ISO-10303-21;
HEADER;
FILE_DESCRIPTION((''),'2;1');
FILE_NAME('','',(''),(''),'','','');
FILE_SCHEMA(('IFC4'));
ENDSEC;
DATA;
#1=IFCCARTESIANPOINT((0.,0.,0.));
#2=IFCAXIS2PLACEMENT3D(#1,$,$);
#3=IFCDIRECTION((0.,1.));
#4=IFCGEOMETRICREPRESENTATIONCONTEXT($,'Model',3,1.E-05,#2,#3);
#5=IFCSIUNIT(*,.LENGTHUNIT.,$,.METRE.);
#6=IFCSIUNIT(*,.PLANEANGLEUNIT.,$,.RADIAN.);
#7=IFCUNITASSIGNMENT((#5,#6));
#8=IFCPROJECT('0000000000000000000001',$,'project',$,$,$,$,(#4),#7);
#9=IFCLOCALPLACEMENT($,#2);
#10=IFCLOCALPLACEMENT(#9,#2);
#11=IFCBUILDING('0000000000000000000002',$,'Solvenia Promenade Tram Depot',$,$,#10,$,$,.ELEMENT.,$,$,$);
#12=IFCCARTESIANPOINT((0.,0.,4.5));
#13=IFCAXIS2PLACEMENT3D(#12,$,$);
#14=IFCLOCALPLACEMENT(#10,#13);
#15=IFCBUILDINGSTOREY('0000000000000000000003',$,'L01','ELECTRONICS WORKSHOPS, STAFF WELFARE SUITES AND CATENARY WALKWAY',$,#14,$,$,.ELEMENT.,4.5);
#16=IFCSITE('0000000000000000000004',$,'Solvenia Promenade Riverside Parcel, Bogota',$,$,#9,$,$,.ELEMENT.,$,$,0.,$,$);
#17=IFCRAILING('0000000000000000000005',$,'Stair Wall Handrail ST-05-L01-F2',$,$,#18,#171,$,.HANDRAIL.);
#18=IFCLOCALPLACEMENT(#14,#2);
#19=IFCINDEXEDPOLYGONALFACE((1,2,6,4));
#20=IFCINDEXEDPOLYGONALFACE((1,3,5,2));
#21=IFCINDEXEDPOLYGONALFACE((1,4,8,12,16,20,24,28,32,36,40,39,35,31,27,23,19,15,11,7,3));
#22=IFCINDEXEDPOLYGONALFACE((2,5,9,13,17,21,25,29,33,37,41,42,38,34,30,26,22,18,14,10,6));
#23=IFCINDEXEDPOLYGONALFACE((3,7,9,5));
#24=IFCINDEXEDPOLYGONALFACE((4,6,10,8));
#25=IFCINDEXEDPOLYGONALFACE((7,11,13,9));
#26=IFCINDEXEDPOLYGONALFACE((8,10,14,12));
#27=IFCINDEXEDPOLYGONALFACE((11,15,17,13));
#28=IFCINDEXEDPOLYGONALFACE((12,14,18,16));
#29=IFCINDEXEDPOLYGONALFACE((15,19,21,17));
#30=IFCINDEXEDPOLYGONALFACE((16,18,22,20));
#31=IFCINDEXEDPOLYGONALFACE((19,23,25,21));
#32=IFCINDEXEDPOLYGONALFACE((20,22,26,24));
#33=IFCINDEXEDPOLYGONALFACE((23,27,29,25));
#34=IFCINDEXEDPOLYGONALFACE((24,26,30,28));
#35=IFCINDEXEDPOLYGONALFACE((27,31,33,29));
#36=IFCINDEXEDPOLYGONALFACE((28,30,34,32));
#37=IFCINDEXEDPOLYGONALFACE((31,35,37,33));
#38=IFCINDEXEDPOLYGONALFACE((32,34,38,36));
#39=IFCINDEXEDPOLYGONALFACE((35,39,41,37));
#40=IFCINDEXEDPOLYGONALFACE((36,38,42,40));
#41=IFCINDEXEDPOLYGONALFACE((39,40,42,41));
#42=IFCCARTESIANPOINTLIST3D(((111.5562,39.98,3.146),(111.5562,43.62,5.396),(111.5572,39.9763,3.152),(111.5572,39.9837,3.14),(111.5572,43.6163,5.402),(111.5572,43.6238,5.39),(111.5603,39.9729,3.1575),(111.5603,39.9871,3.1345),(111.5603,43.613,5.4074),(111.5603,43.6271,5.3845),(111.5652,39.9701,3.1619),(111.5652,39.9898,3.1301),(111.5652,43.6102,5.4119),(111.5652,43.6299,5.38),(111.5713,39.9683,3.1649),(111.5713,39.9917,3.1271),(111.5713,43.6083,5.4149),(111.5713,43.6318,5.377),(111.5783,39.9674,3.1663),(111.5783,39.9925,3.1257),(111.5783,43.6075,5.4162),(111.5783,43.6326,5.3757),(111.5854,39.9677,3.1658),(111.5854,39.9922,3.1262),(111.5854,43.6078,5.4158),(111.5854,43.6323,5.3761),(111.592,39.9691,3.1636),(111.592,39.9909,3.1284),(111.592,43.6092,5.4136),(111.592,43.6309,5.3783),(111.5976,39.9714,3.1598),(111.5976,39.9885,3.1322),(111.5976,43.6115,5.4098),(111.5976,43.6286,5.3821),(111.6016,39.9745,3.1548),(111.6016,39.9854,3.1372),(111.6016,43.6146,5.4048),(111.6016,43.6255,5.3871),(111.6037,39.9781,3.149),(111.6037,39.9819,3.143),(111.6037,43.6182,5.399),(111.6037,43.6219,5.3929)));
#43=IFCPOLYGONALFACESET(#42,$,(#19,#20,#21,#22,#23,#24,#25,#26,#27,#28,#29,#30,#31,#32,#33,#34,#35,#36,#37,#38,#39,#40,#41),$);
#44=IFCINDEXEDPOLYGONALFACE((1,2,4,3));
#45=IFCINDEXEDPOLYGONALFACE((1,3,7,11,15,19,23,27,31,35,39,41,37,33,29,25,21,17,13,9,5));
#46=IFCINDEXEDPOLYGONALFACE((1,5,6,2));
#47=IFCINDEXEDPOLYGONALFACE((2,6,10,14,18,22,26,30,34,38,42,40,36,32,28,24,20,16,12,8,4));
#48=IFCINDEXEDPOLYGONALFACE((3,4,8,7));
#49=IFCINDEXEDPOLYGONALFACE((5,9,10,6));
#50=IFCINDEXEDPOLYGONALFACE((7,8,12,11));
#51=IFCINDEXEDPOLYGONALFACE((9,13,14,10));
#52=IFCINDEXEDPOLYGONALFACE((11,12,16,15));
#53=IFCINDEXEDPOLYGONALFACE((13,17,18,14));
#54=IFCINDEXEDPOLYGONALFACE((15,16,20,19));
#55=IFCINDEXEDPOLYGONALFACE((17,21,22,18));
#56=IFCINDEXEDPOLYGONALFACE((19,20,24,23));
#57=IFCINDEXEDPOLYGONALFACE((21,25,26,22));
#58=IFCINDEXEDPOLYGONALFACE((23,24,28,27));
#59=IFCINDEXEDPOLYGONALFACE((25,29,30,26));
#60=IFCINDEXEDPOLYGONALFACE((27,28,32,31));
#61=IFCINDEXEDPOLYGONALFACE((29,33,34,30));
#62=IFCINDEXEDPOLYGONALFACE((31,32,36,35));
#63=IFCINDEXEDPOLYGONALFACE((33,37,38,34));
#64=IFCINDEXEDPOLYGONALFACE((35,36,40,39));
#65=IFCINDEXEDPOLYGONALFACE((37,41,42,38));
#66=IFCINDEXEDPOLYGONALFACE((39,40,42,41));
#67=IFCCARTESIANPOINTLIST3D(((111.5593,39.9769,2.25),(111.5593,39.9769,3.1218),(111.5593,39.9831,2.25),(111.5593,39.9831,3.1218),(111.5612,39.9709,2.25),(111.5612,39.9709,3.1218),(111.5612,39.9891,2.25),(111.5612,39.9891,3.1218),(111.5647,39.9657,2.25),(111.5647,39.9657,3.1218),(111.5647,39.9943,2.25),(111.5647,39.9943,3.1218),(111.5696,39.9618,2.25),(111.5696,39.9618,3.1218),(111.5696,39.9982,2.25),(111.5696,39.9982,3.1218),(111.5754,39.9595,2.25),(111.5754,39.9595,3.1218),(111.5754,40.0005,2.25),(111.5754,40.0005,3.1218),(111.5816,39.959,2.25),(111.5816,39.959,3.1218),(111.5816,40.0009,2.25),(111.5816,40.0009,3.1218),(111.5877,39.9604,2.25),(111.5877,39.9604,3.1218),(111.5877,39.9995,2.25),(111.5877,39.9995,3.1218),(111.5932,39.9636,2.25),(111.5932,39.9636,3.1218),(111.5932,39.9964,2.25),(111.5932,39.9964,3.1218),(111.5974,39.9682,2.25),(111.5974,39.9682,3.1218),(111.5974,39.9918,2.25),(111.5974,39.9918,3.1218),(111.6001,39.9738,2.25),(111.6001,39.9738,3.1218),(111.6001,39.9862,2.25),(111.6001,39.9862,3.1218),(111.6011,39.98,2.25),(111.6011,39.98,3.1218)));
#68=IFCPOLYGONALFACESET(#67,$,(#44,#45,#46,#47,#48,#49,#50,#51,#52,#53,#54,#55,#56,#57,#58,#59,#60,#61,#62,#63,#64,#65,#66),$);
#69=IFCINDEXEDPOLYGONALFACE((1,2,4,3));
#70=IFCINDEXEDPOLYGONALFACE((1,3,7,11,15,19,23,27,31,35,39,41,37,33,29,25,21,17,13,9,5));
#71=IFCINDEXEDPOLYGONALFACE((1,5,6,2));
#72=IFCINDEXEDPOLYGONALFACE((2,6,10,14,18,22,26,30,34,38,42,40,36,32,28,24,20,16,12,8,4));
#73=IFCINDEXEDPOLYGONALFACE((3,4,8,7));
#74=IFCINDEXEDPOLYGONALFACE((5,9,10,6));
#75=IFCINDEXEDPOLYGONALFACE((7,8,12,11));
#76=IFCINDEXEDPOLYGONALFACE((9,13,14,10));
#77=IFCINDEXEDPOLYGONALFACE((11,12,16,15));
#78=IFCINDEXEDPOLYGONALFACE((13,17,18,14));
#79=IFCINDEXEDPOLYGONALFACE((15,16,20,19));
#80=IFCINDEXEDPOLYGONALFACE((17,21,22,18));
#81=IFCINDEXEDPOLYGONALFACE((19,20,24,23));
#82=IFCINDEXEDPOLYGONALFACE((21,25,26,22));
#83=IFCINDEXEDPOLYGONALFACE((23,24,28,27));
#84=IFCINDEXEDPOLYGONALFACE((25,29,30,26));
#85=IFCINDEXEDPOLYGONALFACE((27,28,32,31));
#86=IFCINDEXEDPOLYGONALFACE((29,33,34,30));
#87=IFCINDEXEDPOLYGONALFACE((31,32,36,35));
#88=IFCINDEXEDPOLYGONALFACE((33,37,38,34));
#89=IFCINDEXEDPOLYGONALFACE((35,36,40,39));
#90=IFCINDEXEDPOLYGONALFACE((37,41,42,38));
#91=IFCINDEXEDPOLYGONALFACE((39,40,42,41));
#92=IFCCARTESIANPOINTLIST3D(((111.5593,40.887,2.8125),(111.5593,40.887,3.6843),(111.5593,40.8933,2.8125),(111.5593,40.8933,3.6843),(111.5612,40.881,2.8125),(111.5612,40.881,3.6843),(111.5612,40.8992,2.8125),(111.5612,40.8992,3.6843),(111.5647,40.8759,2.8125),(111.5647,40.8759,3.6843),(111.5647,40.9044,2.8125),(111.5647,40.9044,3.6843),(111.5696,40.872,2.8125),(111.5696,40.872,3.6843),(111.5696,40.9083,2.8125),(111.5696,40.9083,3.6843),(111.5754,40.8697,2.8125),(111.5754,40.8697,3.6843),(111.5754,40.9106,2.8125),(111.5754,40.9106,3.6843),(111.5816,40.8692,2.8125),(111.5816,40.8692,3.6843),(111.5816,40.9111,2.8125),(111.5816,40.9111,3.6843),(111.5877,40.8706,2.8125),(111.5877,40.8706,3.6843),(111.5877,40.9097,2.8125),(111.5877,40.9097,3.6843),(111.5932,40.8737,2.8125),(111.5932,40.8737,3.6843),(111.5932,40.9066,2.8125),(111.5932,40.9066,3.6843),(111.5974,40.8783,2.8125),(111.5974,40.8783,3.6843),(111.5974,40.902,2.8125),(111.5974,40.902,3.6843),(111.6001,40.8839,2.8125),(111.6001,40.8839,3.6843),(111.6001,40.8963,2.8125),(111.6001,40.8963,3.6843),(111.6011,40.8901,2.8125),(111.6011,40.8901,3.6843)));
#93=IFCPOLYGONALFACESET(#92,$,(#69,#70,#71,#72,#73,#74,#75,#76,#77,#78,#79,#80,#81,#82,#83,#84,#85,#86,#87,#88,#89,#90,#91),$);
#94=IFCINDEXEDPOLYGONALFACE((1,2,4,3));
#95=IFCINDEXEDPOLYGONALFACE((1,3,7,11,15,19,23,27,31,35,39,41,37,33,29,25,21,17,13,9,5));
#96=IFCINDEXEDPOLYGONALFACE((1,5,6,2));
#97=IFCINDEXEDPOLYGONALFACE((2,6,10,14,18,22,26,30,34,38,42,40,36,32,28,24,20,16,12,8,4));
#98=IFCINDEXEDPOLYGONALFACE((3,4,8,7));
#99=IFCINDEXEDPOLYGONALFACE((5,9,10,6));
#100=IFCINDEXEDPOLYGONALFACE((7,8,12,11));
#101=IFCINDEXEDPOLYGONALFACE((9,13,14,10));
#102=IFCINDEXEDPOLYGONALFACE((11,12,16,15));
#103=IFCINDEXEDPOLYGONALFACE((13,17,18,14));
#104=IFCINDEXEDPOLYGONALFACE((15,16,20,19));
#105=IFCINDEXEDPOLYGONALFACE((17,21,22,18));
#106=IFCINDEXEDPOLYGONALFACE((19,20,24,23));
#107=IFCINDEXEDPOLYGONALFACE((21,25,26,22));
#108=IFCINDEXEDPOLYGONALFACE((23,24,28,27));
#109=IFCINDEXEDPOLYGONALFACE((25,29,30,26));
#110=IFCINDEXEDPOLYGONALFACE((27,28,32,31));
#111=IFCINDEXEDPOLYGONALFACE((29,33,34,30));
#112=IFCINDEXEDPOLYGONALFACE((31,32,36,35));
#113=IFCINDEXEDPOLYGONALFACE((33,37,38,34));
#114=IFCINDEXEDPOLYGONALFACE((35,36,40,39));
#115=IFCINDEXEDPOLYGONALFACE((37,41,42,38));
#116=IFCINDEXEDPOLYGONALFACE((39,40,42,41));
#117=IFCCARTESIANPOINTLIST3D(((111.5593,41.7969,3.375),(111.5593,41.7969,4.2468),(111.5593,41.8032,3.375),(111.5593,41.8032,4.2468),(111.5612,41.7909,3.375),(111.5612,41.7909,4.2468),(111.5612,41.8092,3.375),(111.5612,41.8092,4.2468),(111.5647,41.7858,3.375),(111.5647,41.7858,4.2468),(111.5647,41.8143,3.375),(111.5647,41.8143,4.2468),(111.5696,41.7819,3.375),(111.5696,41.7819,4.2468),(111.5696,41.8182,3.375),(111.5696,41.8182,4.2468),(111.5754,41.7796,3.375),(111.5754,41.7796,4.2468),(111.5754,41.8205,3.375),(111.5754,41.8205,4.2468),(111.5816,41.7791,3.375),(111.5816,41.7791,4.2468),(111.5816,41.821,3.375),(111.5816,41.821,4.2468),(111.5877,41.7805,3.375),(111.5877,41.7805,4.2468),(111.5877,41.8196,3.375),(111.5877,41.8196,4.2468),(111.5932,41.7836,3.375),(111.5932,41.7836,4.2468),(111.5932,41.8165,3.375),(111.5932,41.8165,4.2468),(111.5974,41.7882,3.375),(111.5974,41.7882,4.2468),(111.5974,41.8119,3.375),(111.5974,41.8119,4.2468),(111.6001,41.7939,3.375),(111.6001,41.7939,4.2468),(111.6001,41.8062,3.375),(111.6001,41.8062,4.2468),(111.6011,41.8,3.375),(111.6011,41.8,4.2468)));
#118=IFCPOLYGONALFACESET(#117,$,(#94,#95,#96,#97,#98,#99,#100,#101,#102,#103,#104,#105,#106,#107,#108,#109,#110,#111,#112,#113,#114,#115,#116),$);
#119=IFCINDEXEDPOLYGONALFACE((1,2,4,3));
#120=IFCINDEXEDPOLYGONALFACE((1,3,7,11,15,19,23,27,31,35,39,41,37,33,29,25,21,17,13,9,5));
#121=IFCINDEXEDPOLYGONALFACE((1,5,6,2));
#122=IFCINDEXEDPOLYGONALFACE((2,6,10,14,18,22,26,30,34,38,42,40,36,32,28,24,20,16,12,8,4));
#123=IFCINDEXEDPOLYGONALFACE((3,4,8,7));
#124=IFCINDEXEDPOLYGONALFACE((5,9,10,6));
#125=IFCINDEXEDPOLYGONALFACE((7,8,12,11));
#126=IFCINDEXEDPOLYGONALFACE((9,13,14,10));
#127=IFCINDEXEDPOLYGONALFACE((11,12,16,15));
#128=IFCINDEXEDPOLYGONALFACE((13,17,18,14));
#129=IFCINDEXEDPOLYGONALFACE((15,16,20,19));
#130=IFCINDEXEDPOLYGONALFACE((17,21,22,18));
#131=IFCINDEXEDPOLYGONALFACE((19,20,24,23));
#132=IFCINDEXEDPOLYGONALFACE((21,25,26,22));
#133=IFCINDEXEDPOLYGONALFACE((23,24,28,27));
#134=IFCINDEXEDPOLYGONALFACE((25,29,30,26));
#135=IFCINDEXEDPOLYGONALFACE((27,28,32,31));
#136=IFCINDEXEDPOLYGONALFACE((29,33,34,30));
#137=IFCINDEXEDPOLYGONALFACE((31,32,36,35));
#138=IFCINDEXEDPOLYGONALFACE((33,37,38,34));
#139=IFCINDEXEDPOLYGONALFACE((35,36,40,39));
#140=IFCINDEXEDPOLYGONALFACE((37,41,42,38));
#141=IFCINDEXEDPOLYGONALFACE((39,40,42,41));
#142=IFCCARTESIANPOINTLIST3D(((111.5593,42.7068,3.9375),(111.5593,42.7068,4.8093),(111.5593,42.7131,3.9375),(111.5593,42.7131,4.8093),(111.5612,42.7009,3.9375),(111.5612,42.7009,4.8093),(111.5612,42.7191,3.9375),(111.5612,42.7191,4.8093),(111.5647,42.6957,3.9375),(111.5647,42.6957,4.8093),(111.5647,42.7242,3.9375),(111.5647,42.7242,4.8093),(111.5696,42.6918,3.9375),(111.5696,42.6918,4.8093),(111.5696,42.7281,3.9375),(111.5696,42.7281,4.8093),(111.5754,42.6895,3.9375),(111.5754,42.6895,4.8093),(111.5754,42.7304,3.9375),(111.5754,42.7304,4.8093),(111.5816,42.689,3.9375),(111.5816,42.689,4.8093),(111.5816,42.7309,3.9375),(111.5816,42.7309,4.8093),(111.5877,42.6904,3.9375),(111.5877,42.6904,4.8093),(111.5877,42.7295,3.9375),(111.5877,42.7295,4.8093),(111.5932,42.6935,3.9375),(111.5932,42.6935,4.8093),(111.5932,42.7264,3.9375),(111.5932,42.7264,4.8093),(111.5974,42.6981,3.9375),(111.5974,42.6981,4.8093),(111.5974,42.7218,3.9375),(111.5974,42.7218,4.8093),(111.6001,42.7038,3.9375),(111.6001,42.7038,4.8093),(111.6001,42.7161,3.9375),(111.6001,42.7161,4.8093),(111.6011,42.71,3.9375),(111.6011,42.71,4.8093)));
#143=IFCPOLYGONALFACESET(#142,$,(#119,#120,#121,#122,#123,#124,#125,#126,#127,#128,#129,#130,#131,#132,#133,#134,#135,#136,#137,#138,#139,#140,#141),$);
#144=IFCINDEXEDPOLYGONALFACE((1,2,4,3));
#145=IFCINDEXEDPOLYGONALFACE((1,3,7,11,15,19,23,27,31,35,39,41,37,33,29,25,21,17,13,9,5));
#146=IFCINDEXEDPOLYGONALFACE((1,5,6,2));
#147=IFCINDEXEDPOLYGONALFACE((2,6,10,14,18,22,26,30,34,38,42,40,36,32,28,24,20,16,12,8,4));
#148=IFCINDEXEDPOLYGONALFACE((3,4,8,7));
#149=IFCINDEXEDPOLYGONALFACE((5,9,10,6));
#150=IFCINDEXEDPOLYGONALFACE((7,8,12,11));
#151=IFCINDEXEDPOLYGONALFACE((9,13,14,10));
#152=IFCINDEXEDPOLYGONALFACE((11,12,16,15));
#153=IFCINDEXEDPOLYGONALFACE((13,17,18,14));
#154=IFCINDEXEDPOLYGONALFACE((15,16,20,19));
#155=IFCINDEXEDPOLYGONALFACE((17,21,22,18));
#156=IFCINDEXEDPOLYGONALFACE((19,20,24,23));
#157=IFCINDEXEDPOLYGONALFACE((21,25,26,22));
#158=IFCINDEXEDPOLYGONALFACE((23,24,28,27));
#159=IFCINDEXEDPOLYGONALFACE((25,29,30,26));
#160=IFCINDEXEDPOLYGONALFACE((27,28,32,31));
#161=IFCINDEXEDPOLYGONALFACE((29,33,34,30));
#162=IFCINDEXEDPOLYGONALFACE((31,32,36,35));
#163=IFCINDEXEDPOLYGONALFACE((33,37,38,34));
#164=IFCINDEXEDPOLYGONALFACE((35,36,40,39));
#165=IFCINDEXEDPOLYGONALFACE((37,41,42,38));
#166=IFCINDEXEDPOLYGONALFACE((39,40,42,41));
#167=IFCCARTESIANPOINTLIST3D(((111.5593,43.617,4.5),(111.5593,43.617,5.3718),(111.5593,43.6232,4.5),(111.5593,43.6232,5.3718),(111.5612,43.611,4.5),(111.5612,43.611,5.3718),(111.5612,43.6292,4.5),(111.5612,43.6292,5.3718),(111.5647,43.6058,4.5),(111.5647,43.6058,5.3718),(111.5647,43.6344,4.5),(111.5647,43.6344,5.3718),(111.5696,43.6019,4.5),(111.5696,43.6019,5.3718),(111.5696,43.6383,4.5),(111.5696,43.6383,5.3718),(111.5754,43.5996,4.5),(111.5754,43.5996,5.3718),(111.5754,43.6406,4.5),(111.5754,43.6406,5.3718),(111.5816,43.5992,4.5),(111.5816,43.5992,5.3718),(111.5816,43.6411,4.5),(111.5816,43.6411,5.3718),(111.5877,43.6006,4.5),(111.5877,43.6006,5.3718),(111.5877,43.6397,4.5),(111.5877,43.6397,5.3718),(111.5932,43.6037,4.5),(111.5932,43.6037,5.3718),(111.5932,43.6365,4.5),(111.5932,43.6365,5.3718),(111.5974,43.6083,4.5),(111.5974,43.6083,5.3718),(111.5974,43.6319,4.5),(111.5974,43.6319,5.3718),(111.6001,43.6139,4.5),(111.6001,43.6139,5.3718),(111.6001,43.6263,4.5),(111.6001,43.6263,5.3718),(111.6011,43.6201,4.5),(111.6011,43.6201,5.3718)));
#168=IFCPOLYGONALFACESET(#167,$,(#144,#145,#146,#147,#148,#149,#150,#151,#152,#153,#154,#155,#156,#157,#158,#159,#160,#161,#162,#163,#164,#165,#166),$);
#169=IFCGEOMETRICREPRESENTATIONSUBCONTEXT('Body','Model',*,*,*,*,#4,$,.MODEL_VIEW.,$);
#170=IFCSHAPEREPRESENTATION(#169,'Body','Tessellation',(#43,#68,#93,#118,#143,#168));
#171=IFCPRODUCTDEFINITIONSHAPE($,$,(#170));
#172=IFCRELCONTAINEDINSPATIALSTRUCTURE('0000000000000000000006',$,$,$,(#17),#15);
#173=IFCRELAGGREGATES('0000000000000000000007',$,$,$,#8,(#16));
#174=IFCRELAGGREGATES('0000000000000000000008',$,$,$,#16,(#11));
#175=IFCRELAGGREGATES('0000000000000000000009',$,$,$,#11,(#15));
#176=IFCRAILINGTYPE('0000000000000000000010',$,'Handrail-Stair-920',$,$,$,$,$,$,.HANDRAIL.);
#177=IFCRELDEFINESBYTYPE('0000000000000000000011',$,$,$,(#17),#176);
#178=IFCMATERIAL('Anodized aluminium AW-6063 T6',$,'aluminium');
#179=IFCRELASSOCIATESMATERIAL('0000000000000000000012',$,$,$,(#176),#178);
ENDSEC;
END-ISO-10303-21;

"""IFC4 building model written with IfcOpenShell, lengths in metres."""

from ifc_helpers import new_model, si_unit, direction, frame, origin, origin_2d, place, context, subcontext, project, spatial, circle, extrude, material, type_object, element, save


model = new_model("IFC4")

# Units and contexts
model_context = context("Model", 3, precision=1e-05, world=origin(), true_north=direction((0.0, 1.0)))
body_context = subcontext(model_context, "Body", "Model", "MODEL_VIEW")
ifc_project = project(units=[si_unit("LENGTHUNIT", "METRE"), si_unit("PLANEANGLEUNIT", "RADIAN")], contexts=[model_context])

# Site, building, storey
site_placement = place(None, origin())
site = spatial("IfcSite", under=ifc_project, at=site_placement, Name="Solvenia Promenade Riverside Parcel, Bogota", CompositionType="ELEMENT", RefElevation=0.0)
building_placement = place(site_placement, origin())
building = spatial("IfcBuilding", under=site, at=building_placement, Name="Solvenia Promenade Tram Depot", CompositionType="ELEMENT")
storey_placement = place(building_placement, frame((0.0, 0.0, 4.5)))
storey = spatial("IfcBuildingStorey", under=building, at=storey_placement, Name="L01", Description="ELECTRONICS WORKSHOPS, STAFF WELFARE SUITES AND CATENARY WALKWAY", CompositionType="ELEMENT", Elevation=4.5)

# Shared definitions
ifc_material_1 = material(Name="Anodized aluminium AW-6063 T6", Category="aluminium")

# Railing
railing_type = type_object("IfcRailingType", Name="Handrail-Stair-920", PredefinedType="HANDRAIL", material=ifc_material_1)
railing_placement = place(storey_placement, frame((111.5801, 39.98, 2.25)))
element("IfcRailing", 1, at=railing_placement, inside=storey, type_object=railing_type, Name="Stair Wall Handrail ST-05-L01-F2", PredefinedType="HANDRAIL", context=body_context, shape_type="SweptSolid", body=[
    extrude(circle(Radius=0.0239, at=origin_2d()), frame((0.0, 0.0, 0.896), z_axis=(0.0, 0.850622, 0.525777), x_axis=(-1.0, 0.0, 0.0)), (0.0, 0.0, 1.0), 4.2793),
    extrude(circle(Radius=0.021, at=origin_2d()), origin(), (0.0, 0.0, 1.0), 0.8718),
    extrude(circle(Radius=0.021, at=origin_2d()), frame((0.0, 0.9102, 0.5625)), (0.0, 0.0, 1.0), 0.8718),
    extrude(circle(Radius=0.021, at=origin_2d()), frame((0.0, 1.8201, 1.125)), (0.0, 0.0, 1.0), 0.8718),
    extrude(circle(Radius=0.021, at=origin_2d()), frame((0.0, 2.73, 1.6875)), (0.0, 0.0, 1.0), 0.8718),
    extrude(circle(Radius=0.021, at=origin_2d()), frame((0.0, 3.6401, 2.25)), (0.0, 0.0, 1.0), 0.8718),
])

save(model, "model.ifc")
